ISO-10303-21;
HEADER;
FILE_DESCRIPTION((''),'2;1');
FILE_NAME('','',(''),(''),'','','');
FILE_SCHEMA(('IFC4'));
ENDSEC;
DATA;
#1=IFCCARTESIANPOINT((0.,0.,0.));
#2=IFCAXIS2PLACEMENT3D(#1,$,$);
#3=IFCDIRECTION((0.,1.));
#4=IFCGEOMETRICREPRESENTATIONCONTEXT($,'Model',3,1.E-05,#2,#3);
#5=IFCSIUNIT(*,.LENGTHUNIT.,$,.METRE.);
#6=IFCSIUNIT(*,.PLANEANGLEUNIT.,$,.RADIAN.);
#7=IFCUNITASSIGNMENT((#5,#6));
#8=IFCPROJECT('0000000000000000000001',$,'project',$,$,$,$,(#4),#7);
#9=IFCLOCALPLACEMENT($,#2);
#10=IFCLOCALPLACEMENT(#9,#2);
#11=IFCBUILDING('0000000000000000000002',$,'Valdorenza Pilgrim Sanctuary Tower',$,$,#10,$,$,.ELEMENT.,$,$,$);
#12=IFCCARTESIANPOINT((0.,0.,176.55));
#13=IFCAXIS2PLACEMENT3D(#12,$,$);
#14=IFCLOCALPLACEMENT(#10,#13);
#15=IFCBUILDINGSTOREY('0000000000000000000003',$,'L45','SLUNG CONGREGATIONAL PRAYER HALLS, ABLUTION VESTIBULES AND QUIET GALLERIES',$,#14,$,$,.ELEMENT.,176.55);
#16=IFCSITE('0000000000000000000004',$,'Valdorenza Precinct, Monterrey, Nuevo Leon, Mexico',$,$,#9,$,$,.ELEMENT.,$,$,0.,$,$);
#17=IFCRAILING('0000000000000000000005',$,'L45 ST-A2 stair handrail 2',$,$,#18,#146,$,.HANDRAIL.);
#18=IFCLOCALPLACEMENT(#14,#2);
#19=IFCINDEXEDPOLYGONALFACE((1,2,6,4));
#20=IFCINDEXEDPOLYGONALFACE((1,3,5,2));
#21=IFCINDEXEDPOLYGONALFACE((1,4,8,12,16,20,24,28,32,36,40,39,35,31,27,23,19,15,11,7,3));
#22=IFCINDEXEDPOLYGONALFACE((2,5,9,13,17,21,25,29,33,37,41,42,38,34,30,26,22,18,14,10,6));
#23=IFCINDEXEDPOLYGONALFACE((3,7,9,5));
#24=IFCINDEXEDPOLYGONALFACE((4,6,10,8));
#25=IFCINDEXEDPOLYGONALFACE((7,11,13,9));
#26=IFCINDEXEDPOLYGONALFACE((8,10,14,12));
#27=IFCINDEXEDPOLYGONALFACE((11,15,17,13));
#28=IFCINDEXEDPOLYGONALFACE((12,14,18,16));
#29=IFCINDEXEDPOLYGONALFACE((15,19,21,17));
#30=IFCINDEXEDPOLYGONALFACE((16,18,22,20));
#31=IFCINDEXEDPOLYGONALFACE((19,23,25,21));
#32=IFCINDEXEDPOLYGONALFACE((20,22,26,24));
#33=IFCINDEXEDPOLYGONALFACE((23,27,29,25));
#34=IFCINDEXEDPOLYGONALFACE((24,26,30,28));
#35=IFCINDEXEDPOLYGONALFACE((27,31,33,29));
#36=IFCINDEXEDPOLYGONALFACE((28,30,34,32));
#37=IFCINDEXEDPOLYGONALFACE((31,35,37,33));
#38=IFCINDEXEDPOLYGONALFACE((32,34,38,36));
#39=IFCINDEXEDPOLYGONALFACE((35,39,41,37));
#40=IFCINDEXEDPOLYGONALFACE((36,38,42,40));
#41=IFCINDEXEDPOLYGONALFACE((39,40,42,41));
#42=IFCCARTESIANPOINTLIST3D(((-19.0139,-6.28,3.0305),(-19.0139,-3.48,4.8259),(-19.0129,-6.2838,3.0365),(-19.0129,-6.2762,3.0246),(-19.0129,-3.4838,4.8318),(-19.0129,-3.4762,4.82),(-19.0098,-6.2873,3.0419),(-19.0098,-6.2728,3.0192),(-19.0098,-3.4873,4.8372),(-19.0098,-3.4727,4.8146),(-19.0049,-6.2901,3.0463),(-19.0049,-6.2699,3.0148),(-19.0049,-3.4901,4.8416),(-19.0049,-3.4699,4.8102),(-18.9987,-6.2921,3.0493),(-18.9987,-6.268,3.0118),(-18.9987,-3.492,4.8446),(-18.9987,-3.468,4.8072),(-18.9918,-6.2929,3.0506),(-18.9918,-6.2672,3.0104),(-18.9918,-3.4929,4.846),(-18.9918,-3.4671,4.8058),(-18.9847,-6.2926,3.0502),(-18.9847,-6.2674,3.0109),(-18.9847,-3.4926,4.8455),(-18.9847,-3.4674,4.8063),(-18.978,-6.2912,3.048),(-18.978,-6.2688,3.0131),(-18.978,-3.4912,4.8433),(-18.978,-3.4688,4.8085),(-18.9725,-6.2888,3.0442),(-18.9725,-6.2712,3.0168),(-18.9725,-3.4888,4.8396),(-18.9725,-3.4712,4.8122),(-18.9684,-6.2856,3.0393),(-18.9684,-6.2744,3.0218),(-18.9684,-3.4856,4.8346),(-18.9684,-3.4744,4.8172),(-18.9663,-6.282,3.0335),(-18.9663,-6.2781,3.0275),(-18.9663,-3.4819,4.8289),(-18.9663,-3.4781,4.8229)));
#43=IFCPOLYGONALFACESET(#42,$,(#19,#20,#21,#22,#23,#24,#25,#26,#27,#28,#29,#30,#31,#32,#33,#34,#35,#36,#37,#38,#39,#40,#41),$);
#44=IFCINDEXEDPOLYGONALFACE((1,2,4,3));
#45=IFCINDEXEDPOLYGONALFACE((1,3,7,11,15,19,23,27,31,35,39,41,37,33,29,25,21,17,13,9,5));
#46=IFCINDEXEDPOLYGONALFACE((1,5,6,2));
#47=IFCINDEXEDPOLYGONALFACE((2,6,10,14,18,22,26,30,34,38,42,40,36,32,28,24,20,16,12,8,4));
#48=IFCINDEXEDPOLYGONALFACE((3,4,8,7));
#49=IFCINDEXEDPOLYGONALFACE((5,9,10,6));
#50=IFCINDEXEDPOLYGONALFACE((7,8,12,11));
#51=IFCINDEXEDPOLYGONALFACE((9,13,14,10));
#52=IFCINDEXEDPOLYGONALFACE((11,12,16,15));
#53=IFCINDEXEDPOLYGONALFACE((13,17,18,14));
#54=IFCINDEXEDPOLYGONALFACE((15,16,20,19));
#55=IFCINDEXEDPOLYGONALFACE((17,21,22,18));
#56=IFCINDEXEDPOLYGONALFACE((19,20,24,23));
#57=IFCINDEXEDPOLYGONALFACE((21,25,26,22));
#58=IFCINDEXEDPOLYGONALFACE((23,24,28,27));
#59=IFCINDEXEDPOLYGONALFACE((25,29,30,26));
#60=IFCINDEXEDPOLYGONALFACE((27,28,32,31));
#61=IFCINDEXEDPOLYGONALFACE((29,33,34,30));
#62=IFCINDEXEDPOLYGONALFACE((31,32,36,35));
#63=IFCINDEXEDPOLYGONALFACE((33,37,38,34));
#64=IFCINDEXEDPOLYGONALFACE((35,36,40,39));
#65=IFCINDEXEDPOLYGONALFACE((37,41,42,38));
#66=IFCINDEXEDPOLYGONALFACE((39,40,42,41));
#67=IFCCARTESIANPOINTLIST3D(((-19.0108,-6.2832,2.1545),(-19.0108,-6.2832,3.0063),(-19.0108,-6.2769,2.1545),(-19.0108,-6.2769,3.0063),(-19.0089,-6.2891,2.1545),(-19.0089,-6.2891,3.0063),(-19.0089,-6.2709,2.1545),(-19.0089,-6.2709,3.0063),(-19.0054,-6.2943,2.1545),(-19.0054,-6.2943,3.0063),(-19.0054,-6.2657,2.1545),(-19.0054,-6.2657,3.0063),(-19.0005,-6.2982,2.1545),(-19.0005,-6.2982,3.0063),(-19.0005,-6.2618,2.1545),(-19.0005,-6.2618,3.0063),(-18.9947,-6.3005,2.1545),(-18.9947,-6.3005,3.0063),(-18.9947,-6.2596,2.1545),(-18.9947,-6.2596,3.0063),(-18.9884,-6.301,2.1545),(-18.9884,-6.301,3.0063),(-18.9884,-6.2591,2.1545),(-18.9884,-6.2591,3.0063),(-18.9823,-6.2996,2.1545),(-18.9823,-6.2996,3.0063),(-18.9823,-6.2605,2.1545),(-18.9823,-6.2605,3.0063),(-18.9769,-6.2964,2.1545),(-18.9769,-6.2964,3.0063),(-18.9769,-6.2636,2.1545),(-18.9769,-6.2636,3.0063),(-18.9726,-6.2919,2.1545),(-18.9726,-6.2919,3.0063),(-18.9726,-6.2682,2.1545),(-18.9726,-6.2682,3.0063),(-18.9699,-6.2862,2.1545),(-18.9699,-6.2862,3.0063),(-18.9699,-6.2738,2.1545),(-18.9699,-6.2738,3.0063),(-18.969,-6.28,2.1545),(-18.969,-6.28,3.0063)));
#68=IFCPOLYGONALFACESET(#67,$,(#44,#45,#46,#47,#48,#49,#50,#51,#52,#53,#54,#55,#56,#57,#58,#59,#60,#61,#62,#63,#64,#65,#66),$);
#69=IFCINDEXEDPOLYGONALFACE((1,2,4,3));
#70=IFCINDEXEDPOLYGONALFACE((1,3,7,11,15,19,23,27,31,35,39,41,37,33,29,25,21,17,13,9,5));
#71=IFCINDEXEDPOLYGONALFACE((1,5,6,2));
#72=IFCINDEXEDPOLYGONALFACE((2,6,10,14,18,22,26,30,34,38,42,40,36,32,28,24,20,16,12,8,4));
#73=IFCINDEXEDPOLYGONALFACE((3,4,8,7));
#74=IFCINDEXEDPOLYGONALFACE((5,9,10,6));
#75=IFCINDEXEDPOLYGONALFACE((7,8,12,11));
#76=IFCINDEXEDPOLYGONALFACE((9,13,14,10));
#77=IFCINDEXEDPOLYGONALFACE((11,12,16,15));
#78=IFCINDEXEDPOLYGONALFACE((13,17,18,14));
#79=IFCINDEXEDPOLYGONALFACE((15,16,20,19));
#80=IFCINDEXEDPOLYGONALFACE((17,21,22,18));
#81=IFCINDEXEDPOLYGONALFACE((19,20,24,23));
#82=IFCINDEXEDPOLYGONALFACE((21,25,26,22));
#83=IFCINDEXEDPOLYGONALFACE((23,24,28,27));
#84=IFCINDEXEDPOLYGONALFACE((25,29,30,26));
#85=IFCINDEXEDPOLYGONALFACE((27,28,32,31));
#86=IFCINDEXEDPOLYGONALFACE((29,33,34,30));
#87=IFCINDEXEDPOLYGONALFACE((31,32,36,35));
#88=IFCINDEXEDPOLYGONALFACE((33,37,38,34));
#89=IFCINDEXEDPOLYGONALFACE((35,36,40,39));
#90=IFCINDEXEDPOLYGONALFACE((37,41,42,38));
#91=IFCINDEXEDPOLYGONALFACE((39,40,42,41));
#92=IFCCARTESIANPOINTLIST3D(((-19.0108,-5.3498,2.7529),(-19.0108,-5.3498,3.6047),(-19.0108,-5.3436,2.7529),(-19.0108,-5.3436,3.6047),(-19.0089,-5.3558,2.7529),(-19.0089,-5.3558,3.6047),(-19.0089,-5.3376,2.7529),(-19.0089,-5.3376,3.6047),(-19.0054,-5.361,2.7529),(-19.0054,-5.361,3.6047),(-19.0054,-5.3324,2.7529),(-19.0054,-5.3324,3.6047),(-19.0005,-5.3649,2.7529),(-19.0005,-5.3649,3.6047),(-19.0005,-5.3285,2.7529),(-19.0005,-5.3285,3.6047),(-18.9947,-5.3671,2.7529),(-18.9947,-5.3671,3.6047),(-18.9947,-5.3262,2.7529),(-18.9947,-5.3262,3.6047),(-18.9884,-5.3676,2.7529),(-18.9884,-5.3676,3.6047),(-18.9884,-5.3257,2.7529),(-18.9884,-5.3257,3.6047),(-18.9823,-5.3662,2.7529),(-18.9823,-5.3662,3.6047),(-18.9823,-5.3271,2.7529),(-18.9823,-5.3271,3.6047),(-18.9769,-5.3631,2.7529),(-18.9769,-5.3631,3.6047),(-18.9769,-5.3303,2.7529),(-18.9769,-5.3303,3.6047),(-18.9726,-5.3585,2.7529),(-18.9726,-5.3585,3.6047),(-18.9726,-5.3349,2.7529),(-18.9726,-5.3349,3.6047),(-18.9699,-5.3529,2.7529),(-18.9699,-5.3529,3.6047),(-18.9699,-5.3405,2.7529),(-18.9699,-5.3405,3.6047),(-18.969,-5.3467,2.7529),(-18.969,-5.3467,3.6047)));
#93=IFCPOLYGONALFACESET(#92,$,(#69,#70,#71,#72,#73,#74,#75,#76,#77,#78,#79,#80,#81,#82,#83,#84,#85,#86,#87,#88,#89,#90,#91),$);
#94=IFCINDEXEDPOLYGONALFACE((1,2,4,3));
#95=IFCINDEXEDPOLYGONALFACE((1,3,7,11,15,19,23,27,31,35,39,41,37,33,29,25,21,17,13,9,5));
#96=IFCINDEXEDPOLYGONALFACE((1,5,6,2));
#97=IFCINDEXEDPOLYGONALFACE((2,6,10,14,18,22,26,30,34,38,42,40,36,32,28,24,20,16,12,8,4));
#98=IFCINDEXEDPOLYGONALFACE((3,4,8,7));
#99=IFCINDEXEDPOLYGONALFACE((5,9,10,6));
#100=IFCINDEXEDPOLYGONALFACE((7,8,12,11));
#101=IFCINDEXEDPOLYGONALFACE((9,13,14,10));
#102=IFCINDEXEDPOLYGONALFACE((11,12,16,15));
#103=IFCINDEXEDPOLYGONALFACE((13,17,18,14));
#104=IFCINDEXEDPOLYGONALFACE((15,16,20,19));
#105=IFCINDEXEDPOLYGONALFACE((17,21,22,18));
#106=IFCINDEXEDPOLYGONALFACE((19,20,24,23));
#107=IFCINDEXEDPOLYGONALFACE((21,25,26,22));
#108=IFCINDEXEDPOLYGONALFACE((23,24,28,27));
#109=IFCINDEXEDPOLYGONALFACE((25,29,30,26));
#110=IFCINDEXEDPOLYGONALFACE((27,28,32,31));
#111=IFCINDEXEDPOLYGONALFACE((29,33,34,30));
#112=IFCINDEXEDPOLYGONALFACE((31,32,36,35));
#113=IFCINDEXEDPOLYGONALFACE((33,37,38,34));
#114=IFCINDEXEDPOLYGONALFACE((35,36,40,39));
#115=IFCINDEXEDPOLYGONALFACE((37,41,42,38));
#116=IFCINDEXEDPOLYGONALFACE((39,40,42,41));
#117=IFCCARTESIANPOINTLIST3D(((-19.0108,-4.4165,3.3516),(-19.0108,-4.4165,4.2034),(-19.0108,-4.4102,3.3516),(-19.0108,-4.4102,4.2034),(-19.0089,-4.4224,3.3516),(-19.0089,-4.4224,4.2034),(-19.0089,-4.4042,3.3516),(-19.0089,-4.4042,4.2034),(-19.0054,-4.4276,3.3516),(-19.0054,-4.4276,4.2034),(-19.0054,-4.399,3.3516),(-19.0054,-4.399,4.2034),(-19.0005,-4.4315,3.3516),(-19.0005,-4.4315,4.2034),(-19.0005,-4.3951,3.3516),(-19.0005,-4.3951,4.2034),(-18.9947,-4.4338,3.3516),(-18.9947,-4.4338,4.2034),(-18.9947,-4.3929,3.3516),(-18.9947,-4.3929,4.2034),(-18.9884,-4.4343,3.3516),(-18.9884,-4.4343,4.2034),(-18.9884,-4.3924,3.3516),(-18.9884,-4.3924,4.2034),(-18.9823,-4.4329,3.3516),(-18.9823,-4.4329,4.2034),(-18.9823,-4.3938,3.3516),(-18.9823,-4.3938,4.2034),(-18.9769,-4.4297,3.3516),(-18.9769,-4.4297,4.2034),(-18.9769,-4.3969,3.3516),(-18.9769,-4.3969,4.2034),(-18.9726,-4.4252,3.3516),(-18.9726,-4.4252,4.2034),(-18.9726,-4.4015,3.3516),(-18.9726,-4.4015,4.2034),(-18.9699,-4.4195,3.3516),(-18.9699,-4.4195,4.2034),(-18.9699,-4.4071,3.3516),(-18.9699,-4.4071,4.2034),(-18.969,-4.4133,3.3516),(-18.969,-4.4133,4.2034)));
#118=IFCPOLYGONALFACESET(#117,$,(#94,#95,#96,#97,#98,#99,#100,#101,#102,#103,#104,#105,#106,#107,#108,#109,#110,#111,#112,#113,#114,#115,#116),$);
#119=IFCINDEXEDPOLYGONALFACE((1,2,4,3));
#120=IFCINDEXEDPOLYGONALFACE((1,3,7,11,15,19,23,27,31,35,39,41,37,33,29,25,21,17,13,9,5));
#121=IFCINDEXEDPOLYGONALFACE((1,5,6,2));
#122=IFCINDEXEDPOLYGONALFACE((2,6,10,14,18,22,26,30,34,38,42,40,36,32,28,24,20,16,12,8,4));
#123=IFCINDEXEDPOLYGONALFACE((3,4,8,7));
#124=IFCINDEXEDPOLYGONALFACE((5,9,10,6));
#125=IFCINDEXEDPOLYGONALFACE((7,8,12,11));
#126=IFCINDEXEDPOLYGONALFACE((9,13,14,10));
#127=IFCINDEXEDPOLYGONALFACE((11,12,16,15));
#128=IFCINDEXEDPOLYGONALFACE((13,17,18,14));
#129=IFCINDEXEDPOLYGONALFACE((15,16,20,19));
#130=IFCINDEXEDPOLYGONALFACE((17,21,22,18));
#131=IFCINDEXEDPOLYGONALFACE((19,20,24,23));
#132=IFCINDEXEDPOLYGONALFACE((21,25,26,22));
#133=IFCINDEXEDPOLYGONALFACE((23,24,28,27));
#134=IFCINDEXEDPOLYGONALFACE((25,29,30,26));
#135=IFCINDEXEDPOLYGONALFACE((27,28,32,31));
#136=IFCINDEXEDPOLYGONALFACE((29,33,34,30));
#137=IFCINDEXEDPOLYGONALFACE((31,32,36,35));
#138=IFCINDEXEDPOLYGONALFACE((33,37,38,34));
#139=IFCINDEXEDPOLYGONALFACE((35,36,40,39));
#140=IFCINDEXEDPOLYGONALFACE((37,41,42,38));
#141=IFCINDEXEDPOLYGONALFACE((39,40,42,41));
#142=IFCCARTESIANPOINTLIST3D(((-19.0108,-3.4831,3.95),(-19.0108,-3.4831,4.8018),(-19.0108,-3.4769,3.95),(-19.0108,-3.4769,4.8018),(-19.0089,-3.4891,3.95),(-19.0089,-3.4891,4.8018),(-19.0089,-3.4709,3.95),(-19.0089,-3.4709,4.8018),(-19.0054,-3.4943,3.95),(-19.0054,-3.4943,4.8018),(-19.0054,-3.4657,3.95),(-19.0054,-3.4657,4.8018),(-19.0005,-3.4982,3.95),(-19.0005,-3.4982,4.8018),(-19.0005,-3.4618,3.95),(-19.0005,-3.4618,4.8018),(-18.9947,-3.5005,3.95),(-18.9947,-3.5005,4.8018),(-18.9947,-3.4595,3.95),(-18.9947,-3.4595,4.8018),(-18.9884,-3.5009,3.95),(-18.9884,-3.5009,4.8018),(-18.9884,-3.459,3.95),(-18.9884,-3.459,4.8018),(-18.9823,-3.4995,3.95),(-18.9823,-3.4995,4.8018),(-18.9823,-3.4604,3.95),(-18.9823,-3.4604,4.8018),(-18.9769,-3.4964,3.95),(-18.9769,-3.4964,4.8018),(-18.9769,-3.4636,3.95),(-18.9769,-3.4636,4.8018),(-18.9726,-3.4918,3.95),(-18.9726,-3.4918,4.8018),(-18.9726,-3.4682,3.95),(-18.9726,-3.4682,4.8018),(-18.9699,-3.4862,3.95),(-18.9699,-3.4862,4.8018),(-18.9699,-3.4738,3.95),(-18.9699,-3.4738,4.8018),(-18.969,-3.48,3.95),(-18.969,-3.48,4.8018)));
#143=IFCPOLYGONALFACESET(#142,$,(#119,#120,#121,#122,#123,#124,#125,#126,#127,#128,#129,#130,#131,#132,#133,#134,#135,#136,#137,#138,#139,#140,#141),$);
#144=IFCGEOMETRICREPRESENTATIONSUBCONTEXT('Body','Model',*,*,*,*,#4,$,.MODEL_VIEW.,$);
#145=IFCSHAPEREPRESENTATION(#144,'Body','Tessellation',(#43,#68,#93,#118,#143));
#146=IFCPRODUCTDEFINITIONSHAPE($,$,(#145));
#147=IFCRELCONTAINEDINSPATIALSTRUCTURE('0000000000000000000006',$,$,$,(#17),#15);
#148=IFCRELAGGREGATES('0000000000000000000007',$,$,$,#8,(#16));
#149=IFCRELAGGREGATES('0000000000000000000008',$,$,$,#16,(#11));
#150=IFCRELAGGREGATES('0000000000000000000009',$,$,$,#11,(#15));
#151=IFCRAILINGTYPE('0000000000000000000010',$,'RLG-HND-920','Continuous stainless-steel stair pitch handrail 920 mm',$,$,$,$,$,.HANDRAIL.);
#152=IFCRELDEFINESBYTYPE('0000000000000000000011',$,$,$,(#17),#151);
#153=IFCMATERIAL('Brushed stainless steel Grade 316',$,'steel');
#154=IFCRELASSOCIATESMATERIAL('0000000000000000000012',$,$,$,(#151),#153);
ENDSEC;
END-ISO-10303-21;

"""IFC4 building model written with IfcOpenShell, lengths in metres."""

from ifc_helpers import new_model, si_unit, direction, frame, origin, origin_2d, place, context, subcontext, project, spatial, circle, extrude, material, type_object, element, save


model = new_model("IFC4")

# Units and contexts
model_context = context("Model", 3, precision=1e-05, world=origin(), true_north=direction((0.0, 1.0)))
body_context = subcontext(model_context, "Body", "Model", "MODEL_VIEW")
ifc_project = project(units=[si_unit("LENGTHUNIT", "METRE"), si_unit("PLANEANGLEUNIT", "RADIAN")], contexts=[model_context])

# Site, building, storey
site_placement = place(None, origin())
site = spatial("IfcSite", under=ifc_project, at=site_placement, Name="Valdorenza Precinct, Monterrey, Nuevo Leon, Mexico", CompositionType="ELEMENT", RefElevation=0.0)
building_placement = place(site_placement, origin())
building = spatial("IfcBuilding", under=site, at=building_placement, Name="Valdorenza Pilgrim Sanctuary Tower", CompositionType="ELEMENT")
storey_placement = place(building_placement, frame((0.0, 0.0, 176.55)))
storey = spatial("IfcBuildingStorey", under=building, at=storey_placement, Name="L45", Description="SLUNG CONGREGATIONAL PRAYER HALLS, ABLUTION VESTIBULES AND QUIET GALLERIES", CompositionType="ELEMENT", Elevation=176.55)

# Shared definitions
ifc_material_1 = material(Name="Brushed stainless steel Grade 316", Category="steel")

# Railing
railing_type_1 = type_object("IfcRailingType", Name="RLG-HND-920", Description="Continuous stainless-steel stair pitch handrail 920 mm", PredefinedType="HANDRAIL", material=ifc_material_1)
railing_1_placement = place(storey_placement, frame((-18.99, -6.28, 2.1545)))
element("IfcRailing", 1, at=railing_1_placement, inside=storey, type_object=railing_type_1, Name="L45 ST-A2 stair handrail 2", PredefinedType="HANDRAIL", context=body_context, shape_type="SweptSolid", body=[
    extrude(circle(Radius=0.0239, at=origin_2d()), frame((0.0, 0.0, 0.876), z_axis=(0.0, 0.84181, 0.539774), x_axis=(-1.0, 0.0, 0.0)), (0.0, 0.0, 1.0), 3.3262),
    extrude(circle(Radius=0.021, at=origin_2d()), origin(), (0.0, 0.0, 1.0), 0.8518),
    extrude(circle(Radius=0.021, at=origin_2d()), frame((0.0, 0.9333, 0.5984)), (0.0, 0.0, 1.0), 0.8518),
    extrude(circle(Radius=0.021, at=origin_2d()), frame((0.0, 1.8667, 1.197)), (0.0, 0.0, 1.0), 0.8518),
    extrude(circle(Radius=0.021, at=origin_2d()), frame((0.0, 2.8, 1.7954)), (0.0, 0.0, 1.0), 0.8518),
])

save(model, "model.ifc")
